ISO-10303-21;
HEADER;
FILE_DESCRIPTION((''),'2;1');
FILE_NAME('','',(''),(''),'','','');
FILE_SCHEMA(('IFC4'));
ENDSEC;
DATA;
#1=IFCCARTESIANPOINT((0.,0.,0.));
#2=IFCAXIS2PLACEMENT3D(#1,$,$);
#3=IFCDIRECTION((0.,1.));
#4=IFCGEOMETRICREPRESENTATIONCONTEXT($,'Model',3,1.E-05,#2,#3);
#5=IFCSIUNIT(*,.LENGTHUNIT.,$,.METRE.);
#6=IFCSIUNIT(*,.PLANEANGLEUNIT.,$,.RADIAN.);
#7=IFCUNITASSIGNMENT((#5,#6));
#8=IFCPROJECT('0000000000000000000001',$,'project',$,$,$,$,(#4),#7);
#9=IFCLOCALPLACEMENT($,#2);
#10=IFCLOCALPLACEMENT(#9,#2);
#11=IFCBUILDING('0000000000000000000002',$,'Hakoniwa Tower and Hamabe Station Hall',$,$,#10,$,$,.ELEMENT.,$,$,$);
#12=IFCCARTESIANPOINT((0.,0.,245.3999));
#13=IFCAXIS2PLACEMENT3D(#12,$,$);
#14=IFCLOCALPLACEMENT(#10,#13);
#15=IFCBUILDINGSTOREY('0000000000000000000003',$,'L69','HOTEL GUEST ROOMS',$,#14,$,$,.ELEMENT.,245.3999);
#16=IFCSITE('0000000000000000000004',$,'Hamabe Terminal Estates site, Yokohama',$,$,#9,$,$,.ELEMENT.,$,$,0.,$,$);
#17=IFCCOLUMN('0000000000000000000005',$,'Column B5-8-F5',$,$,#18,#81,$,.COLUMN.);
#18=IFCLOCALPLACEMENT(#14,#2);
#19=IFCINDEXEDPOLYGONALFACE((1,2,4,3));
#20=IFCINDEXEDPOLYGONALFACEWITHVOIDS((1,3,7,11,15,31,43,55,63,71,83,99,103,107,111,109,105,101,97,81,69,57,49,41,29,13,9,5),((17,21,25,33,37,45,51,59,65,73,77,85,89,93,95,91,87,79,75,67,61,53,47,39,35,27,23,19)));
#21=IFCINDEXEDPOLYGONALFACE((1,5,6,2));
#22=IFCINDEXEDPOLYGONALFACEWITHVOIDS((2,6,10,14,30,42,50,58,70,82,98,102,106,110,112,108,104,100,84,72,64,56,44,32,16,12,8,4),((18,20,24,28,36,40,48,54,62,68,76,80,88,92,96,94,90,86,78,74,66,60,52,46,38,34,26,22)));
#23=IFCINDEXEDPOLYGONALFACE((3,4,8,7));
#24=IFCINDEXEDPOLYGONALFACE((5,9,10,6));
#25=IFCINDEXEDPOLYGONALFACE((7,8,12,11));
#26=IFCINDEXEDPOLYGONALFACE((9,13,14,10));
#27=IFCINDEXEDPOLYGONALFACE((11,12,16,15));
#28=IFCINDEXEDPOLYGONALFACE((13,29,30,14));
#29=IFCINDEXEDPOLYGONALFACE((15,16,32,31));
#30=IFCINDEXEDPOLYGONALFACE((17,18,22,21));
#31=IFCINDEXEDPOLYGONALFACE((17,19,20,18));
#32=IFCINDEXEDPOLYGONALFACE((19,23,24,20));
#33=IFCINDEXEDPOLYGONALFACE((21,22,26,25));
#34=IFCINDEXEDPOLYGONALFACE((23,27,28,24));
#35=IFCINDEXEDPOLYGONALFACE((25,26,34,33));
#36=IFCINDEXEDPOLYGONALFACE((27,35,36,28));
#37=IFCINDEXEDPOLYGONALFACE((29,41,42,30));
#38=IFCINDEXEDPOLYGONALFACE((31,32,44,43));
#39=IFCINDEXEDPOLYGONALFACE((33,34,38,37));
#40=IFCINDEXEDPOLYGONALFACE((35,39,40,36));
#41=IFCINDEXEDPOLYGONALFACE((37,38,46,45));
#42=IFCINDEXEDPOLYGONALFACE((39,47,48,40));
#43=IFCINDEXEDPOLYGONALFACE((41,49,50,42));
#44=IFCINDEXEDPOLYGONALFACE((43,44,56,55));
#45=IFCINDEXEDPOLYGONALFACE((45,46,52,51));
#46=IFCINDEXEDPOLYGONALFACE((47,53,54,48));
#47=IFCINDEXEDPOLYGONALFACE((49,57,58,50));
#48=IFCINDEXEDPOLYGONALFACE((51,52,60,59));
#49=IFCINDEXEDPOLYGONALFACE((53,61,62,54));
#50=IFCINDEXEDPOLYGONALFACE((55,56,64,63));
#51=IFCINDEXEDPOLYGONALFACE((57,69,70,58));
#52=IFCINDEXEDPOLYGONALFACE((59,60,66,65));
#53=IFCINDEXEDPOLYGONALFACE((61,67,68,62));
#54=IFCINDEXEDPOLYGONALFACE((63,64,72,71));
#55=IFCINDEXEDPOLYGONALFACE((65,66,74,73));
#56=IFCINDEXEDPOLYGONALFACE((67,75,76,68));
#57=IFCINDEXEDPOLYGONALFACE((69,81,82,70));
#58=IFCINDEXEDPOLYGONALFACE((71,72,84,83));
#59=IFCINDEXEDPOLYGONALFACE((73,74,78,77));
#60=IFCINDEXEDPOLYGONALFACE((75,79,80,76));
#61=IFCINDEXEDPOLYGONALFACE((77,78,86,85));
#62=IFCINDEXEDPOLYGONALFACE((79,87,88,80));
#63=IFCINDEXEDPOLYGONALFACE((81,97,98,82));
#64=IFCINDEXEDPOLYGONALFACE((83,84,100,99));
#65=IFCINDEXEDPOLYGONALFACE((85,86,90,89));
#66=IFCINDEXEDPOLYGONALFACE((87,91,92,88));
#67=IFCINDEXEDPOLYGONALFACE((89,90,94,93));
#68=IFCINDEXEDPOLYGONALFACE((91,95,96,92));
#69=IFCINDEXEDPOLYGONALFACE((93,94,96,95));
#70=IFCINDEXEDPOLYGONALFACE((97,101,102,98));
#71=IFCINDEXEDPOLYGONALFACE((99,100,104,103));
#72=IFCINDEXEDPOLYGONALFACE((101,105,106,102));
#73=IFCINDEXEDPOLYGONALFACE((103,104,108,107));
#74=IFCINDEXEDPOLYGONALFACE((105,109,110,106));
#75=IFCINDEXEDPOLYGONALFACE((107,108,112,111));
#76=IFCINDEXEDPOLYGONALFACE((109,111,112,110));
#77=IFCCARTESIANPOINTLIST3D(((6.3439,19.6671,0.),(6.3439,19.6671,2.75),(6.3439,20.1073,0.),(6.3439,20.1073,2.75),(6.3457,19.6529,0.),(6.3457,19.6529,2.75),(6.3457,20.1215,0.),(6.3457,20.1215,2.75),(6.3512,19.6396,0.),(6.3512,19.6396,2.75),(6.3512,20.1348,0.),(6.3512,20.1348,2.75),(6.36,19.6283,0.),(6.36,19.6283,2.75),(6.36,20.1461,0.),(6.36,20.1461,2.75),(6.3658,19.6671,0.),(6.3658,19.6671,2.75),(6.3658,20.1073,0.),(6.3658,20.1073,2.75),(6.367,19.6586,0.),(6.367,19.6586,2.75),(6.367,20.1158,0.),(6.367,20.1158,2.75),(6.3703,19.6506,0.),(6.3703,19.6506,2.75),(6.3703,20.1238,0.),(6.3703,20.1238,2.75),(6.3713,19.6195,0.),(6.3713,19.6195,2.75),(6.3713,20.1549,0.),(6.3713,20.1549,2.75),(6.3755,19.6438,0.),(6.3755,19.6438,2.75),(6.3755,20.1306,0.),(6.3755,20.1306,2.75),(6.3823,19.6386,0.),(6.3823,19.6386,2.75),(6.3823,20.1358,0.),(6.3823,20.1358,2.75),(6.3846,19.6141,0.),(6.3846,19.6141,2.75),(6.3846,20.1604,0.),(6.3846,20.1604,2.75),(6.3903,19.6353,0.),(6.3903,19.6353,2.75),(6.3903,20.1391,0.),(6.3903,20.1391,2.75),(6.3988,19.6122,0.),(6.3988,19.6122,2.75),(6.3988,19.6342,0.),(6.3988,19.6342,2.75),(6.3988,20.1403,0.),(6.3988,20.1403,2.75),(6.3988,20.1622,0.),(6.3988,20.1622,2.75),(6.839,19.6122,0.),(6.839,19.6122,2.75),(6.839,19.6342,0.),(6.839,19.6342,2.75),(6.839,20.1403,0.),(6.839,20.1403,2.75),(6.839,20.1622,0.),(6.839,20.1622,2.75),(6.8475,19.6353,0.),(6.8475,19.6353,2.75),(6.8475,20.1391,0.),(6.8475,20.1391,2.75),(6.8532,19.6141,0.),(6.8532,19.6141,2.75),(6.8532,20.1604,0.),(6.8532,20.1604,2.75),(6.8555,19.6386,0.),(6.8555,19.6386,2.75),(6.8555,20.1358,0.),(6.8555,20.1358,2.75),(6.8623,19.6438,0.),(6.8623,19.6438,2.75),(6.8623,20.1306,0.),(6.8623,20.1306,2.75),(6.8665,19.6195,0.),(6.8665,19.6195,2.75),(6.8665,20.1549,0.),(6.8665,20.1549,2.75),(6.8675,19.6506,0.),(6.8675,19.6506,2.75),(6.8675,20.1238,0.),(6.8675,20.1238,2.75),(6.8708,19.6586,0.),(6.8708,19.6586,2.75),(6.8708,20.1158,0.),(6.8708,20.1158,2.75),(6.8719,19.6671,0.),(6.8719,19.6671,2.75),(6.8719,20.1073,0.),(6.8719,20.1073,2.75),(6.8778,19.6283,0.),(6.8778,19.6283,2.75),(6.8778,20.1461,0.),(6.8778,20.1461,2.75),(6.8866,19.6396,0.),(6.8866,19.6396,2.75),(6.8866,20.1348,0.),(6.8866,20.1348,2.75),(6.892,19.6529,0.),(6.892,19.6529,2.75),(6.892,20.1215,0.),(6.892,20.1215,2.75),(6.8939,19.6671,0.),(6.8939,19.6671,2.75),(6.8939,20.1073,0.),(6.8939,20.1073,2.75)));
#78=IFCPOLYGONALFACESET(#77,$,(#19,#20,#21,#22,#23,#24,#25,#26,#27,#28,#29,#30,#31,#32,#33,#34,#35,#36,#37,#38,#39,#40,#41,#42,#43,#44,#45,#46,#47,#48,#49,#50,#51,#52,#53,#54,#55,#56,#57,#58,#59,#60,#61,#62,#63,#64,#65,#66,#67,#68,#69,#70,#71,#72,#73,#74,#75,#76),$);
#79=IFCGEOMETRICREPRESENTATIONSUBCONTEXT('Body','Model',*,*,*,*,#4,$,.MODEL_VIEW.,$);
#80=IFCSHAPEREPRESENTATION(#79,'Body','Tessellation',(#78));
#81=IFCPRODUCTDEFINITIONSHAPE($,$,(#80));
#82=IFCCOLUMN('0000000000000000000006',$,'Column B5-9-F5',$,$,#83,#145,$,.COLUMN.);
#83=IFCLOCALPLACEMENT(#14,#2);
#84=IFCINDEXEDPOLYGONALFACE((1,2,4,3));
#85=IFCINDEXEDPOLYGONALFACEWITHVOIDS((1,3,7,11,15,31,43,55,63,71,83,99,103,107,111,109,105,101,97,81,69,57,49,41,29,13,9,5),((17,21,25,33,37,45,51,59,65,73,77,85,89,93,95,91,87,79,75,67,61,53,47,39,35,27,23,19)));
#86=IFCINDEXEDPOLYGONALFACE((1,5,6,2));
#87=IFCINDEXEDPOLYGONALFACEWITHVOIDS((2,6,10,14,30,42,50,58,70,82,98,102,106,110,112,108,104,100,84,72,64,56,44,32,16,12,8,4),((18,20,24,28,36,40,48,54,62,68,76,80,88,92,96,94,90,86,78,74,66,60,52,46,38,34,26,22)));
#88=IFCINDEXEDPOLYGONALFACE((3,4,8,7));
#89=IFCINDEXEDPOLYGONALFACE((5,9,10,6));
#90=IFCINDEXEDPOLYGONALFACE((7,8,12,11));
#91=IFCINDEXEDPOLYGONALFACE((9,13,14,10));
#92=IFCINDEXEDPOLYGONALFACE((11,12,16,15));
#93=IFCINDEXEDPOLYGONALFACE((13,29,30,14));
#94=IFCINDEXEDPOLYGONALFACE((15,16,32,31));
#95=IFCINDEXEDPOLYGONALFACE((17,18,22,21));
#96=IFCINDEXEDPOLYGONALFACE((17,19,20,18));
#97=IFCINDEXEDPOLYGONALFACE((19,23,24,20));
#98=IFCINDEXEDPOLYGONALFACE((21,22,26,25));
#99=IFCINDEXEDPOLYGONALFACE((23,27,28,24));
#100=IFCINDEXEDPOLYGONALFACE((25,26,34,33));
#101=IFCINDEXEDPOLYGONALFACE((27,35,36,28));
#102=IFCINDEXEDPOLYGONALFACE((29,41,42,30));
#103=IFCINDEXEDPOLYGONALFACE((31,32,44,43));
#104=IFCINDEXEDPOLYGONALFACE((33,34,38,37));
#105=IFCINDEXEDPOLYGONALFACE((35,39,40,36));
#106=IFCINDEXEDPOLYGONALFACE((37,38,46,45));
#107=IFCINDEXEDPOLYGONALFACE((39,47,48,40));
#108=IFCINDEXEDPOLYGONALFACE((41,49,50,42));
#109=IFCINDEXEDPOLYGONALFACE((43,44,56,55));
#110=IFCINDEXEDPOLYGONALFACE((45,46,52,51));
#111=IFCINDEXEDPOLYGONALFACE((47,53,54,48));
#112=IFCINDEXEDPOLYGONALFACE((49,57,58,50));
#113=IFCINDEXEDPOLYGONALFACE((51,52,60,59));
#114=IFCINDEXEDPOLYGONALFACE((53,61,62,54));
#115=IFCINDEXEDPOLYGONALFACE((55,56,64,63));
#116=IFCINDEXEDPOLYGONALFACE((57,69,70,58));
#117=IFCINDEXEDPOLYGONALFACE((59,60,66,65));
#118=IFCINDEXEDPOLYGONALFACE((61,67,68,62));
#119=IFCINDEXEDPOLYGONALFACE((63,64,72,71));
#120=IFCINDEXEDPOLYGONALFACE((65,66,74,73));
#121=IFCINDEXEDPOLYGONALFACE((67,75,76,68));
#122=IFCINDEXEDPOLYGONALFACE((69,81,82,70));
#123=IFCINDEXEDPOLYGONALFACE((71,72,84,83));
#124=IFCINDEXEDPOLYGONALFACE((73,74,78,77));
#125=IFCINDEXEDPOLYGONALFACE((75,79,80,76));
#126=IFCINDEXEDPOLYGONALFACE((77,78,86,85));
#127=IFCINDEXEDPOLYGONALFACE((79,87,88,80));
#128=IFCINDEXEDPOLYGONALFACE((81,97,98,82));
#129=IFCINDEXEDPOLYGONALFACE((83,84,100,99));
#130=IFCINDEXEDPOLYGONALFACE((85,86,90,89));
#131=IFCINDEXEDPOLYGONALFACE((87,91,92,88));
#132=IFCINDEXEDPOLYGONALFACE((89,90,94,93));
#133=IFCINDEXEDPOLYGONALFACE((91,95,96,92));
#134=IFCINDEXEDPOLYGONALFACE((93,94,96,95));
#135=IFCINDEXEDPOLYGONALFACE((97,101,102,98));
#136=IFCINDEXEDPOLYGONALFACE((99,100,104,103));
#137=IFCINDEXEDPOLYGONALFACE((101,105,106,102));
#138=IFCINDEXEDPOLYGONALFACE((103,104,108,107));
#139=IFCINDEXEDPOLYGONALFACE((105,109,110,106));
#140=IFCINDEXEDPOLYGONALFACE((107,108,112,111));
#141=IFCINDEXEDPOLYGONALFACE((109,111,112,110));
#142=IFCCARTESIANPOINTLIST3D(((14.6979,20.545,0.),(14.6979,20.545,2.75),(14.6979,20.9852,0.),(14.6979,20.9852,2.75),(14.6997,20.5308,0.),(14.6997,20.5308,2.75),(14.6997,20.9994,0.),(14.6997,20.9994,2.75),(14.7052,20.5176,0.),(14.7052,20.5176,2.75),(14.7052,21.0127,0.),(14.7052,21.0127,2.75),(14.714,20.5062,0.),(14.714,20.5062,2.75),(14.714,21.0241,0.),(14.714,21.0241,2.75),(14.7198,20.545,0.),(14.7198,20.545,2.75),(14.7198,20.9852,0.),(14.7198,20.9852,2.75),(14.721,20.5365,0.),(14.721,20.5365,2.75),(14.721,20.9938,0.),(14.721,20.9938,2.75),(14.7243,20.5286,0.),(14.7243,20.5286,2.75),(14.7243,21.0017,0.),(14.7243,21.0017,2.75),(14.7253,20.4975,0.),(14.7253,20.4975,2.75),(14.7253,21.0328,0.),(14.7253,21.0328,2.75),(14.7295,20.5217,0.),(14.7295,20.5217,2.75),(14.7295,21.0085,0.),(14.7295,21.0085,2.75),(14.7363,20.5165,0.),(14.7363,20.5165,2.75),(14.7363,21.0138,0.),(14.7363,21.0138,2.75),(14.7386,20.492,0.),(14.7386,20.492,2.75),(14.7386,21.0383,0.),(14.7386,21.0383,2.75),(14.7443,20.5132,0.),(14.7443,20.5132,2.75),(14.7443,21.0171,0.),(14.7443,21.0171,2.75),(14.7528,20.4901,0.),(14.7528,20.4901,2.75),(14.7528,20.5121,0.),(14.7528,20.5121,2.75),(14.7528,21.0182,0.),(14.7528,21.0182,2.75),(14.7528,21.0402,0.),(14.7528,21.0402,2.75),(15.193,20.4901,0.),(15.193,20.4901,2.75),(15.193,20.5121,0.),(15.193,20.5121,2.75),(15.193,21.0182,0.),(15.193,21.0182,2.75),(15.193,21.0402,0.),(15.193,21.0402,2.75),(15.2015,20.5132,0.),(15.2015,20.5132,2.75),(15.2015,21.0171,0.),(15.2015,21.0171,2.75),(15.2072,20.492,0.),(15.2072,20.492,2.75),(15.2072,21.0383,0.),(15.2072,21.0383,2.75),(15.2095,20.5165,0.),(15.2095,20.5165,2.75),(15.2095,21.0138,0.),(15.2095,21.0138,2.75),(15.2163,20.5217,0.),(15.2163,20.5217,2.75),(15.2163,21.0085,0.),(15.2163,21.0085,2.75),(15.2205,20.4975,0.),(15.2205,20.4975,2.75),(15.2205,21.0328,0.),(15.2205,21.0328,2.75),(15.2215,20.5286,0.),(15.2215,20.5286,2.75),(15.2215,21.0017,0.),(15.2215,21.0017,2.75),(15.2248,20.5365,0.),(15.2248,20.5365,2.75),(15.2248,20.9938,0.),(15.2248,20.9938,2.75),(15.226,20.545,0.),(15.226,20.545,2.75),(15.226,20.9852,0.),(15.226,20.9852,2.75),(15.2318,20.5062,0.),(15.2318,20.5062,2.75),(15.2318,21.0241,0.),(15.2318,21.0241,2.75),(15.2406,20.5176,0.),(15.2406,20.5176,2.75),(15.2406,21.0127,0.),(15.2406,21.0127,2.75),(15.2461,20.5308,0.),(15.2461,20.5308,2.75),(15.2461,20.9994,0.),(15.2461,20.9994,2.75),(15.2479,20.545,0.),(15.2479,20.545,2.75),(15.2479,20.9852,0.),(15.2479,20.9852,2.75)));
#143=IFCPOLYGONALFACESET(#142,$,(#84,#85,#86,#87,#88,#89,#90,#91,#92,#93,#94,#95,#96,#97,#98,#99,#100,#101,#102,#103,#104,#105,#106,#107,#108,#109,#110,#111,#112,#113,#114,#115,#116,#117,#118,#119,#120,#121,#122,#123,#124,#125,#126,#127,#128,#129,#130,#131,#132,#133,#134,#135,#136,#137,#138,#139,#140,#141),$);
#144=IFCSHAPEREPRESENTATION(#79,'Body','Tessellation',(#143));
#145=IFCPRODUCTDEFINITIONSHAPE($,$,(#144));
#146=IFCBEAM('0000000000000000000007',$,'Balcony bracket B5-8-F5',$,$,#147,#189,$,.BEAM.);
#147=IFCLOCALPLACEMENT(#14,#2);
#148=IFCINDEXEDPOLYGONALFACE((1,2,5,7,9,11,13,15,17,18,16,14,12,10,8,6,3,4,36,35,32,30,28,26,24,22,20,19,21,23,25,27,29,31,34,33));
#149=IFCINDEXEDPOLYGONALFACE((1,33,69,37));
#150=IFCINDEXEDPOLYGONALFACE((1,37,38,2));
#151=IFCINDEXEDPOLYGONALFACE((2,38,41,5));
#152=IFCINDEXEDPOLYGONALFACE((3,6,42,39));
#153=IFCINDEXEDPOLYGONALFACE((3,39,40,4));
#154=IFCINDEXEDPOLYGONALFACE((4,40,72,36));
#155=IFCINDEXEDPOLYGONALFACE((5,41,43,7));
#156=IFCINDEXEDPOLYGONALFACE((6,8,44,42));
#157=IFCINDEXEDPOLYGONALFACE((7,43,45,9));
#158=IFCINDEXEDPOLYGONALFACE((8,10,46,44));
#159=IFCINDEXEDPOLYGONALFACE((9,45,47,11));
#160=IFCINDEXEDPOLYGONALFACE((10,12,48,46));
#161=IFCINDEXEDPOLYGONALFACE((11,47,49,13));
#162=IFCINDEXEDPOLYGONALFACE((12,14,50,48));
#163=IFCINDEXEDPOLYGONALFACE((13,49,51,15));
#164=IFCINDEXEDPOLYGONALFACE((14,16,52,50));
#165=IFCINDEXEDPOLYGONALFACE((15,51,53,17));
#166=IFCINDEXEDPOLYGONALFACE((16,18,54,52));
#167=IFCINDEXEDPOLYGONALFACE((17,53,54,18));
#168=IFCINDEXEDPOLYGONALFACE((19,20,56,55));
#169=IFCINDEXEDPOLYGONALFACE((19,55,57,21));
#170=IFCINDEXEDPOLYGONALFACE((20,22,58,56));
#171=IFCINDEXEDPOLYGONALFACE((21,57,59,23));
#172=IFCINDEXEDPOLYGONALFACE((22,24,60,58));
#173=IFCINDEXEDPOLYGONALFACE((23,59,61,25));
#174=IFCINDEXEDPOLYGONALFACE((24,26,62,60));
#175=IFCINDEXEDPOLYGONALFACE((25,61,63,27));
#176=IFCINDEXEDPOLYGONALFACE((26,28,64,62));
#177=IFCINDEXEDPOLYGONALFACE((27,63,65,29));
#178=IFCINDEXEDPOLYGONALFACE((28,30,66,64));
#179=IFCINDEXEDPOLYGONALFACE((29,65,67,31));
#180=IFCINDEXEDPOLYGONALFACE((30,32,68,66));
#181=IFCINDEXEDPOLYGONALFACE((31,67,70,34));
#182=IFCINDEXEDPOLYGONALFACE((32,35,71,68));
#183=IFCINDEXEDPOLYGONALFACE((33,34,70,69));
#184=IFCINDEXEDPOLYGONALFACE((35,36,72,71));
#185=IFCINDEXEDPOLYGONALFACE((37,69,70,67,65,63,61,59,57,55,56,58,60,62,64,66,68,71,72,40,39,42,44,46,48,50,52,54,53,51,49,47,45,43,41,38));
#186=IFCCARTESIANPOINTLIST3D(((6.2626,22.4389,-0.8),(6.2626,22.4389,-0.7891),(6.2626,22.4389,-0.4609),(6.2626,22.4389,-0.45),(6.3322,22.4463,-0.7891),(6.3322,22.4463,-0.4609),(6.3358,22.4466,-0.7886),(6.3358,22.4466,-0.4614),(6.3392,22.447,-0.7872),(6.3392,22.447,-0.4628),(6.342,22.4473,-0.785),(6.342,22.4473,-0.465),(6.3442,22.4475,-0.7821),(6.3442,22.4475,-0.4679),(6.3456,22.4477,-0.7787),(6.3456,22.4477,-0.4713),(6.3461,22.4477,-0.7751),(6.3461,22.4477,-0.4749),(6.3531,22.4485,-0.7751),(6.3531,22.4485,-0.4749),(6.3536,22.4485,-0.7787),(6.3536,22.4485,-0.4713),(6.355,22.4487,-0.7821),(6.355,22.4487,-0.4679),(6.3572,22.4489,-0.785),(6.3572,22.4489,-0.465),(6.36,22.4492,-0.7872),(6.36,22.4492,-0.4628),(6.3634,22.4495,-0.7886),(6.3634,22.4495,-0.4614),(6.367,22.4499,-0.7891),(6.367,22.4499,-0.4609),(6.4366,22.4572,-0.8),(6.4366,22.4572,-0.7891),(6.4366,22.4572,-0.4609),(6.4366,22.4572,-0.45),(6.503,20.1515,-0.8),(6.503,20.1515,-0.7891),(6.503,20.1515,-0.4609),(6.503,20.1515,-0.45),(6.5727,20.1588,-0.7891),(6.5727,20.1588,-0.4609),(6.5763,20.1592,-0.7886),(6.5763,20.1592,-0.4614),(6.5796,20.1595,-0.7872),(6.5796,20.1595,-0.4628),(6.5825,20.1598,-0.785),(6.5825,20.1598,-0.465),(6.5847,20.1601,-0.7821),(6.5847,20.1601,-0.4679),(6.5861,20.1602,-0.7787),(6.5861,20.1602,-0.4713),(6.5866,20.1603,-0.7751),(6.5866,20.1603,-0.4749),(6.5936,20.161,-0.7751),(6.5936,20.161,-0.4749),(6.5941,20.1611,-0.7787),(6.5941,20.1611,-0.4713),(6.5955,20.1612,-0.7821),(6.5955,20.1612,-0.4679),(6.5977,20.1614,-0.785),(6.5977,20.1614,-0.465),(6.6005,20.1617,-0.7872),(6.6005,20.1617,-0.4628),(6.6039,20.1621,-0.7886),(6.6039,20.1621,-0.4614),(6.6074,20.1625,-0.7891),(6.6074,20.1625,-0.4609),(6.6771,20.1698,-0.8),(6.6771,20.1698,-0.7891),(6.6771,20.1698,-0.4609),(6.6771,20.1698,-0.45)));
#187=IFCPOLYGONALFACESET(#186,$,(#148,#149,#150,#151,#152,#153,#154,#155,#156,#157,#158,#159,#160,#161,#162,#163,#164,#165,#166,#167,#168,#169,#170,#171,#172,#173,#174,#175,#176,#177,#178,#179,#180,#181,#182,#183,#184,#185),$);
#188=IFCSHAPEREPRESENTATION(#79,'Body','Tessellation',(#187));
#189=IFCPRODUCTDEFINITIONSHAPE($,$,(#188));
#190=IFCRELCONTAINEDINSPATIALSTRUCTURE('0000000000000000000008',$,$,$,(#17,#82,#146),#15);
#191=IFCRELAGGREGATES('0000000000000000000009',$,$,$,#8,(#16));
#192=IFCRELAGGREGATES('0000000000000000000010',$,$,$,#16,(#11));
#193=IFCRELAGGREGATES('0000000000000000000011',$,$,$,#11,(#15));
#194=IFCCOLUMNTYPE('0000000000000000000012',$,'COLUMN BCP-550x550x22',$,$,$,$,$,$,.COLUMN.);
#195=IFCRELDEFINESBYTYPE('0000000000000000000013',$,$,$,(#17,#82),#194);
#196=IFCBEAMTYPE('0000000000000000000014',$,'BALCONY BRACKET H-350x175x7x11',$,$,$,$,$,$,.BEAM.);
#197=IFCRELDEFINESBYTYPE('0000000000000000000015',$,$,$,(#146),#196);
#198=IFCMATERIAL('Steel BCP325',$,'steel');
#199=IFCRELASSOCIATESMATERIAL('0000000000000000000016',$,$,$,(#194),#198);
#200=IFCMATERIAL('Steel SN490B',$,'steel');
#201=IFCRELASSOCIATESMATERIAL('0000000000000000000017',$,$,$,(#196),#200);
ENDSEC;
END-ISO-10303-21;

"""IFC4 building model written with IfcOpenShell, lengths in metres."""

from ifc_helpers import new_model, si_unit, direction, frame, origin, origin_2d, place, context, subcontext, project, spatial, hollow_rectangle, i_section, extrude, material, material_profile, profile_set, type_object, element, save


model = new_model("IFC4")

# Units and contexts
model_context = context("Model", 3, precision=1e-05, world=origin(), true_north=direction((0.0, 1.0)))
body_context = subcontext(model_context, "Body", "Model", "MODEL_VIEW")
ifc_project = project(units=[si_unit("LENGTHUNIT", "METRE"), si_unit("PLANEANGLEUNIT", "RADIAN")], contexts=[model_context])

# Site, building, storey
site_placement = place(None, origin())
site = spatial("IfcSite", under=ifc_project, at=site_placement, Name="Hamabe Terminal Estates site, Yokohama", CompositionType="ELEMENT", RefElevation=0.0)
building_placement = place(site_placement, origin())
building = spatial("IfcBuilding", under=site, at=building_placement, Name="Hakoniwa Tower and Hamabe Station Hall", CompositionType="ELEMENT")
storey_placement = place(building_placement, frame((0.0, 0.0, 245.3999)))
storey = spatial("IfcBuildingStorey", under=building, at=storey_placement, Name="L69", Description="HOTEL GUEST ROOMS", CompositionType="ELEMENT", Elevation=245.3999)

# Columns
ifc_material_1 = material(Name="Steel BCP325", Category="steel")
ifc_material_profile_1 = material_profile(ifc_material_1, hollow_rectangle(XDim=0.55, YDim=0.55, WallThickness=0.022, InnerFilletRadius=0.033, OuterFilletRadius=0.0549, at=origin_2d()), Name="BCP-550x550x22")
ifc_profile_set_1 = profile_set([ifc_material_profile_1], Name="Steel BCP325")
column_type = type_object("IfcColumnType", Name="COLUMN BCP-550x550x22", PredefinedType="COLUMN", material=ifc_profile_set_1)
for number, where, z_axis, x_axis, name in (
    (1, (6.6189, 19.8872, 0.0), (0.0, 0.0, 1.0), (1.0, 0.0, 0.0), "Column B5-8-F5"),
    (2, (14.9729, 20.7651, 0.0), (0.0, 0.0, 1.0), (1.0, 0.0, 0.0), "Column B5-9-F5"),
):
    element("IfcColumn", number, at=place(storey_placement, frame(where, z_axis=z_axis, x_axis=x_axis)), inside=storey, type_object=column_type, Name=name, PredefinedType="COLUMN", context=body_context, shape_type="SweptSolid", body=[
        extrude(hollow_rectangle(XDim=0.55, YDim=0.55, WallThickness=0.022, InnerFilletRadius=0.033, OuterFilletRadius=0.0549, at=origin_2d()), origin(), (0.0, 0.0, 1.0), 2.75),
    ])

# Beam
ifc_material_2 = material(Name="Steel SN490B", Category="steel")
ifc_material_profile_2 = material_profile(ifc_material_2, i_section(OverallWidth=0.175, OverallDepth=0.3501, WebThickness=0.0071, FlangeThickness=0.011, FilletRadius=0.0139, at=origin_2d()), Name="H-350x175x7x11")
ifc_profile_set_2 = profile_set([ifc_material_profile_2], Name="Steel SN490B")
beam_type_1 = type_object("IfcBeamType", Name="BALCONY BRACKET H-350x175x7x11", PredefinedType="BEAM", material=ifc_profile_set_2)
for number, where, z_axis, x_axis, name in (
    (3, (6.5901, 20.1606, -0.625), (-0.104558, 0.994519, 0.0), (-0.994519, -0.104558, 0.0), "Balcony bracket B5-8-F5"),
):
    element("IfcBeam", number, at=place(storey_placement, frame(where, z_axis=z_axis, x_axis=x_axis)), inside=storey, type_object=beam_type_1, Name=name, PredefinedType="BEAM", context=body_context, shape_type="SweptSolid", body=[
        extrude(i_section(OverallWidth=0.175, OverallDepth=0.3501, WebThickness=0.0071, FlangeThickness=0.011, FilletRadius=0.0139, at=origin_2d()), origin(), (0.0, 0.0, 1.0), 2.3),
    ])

save(model, "model.ifc")
